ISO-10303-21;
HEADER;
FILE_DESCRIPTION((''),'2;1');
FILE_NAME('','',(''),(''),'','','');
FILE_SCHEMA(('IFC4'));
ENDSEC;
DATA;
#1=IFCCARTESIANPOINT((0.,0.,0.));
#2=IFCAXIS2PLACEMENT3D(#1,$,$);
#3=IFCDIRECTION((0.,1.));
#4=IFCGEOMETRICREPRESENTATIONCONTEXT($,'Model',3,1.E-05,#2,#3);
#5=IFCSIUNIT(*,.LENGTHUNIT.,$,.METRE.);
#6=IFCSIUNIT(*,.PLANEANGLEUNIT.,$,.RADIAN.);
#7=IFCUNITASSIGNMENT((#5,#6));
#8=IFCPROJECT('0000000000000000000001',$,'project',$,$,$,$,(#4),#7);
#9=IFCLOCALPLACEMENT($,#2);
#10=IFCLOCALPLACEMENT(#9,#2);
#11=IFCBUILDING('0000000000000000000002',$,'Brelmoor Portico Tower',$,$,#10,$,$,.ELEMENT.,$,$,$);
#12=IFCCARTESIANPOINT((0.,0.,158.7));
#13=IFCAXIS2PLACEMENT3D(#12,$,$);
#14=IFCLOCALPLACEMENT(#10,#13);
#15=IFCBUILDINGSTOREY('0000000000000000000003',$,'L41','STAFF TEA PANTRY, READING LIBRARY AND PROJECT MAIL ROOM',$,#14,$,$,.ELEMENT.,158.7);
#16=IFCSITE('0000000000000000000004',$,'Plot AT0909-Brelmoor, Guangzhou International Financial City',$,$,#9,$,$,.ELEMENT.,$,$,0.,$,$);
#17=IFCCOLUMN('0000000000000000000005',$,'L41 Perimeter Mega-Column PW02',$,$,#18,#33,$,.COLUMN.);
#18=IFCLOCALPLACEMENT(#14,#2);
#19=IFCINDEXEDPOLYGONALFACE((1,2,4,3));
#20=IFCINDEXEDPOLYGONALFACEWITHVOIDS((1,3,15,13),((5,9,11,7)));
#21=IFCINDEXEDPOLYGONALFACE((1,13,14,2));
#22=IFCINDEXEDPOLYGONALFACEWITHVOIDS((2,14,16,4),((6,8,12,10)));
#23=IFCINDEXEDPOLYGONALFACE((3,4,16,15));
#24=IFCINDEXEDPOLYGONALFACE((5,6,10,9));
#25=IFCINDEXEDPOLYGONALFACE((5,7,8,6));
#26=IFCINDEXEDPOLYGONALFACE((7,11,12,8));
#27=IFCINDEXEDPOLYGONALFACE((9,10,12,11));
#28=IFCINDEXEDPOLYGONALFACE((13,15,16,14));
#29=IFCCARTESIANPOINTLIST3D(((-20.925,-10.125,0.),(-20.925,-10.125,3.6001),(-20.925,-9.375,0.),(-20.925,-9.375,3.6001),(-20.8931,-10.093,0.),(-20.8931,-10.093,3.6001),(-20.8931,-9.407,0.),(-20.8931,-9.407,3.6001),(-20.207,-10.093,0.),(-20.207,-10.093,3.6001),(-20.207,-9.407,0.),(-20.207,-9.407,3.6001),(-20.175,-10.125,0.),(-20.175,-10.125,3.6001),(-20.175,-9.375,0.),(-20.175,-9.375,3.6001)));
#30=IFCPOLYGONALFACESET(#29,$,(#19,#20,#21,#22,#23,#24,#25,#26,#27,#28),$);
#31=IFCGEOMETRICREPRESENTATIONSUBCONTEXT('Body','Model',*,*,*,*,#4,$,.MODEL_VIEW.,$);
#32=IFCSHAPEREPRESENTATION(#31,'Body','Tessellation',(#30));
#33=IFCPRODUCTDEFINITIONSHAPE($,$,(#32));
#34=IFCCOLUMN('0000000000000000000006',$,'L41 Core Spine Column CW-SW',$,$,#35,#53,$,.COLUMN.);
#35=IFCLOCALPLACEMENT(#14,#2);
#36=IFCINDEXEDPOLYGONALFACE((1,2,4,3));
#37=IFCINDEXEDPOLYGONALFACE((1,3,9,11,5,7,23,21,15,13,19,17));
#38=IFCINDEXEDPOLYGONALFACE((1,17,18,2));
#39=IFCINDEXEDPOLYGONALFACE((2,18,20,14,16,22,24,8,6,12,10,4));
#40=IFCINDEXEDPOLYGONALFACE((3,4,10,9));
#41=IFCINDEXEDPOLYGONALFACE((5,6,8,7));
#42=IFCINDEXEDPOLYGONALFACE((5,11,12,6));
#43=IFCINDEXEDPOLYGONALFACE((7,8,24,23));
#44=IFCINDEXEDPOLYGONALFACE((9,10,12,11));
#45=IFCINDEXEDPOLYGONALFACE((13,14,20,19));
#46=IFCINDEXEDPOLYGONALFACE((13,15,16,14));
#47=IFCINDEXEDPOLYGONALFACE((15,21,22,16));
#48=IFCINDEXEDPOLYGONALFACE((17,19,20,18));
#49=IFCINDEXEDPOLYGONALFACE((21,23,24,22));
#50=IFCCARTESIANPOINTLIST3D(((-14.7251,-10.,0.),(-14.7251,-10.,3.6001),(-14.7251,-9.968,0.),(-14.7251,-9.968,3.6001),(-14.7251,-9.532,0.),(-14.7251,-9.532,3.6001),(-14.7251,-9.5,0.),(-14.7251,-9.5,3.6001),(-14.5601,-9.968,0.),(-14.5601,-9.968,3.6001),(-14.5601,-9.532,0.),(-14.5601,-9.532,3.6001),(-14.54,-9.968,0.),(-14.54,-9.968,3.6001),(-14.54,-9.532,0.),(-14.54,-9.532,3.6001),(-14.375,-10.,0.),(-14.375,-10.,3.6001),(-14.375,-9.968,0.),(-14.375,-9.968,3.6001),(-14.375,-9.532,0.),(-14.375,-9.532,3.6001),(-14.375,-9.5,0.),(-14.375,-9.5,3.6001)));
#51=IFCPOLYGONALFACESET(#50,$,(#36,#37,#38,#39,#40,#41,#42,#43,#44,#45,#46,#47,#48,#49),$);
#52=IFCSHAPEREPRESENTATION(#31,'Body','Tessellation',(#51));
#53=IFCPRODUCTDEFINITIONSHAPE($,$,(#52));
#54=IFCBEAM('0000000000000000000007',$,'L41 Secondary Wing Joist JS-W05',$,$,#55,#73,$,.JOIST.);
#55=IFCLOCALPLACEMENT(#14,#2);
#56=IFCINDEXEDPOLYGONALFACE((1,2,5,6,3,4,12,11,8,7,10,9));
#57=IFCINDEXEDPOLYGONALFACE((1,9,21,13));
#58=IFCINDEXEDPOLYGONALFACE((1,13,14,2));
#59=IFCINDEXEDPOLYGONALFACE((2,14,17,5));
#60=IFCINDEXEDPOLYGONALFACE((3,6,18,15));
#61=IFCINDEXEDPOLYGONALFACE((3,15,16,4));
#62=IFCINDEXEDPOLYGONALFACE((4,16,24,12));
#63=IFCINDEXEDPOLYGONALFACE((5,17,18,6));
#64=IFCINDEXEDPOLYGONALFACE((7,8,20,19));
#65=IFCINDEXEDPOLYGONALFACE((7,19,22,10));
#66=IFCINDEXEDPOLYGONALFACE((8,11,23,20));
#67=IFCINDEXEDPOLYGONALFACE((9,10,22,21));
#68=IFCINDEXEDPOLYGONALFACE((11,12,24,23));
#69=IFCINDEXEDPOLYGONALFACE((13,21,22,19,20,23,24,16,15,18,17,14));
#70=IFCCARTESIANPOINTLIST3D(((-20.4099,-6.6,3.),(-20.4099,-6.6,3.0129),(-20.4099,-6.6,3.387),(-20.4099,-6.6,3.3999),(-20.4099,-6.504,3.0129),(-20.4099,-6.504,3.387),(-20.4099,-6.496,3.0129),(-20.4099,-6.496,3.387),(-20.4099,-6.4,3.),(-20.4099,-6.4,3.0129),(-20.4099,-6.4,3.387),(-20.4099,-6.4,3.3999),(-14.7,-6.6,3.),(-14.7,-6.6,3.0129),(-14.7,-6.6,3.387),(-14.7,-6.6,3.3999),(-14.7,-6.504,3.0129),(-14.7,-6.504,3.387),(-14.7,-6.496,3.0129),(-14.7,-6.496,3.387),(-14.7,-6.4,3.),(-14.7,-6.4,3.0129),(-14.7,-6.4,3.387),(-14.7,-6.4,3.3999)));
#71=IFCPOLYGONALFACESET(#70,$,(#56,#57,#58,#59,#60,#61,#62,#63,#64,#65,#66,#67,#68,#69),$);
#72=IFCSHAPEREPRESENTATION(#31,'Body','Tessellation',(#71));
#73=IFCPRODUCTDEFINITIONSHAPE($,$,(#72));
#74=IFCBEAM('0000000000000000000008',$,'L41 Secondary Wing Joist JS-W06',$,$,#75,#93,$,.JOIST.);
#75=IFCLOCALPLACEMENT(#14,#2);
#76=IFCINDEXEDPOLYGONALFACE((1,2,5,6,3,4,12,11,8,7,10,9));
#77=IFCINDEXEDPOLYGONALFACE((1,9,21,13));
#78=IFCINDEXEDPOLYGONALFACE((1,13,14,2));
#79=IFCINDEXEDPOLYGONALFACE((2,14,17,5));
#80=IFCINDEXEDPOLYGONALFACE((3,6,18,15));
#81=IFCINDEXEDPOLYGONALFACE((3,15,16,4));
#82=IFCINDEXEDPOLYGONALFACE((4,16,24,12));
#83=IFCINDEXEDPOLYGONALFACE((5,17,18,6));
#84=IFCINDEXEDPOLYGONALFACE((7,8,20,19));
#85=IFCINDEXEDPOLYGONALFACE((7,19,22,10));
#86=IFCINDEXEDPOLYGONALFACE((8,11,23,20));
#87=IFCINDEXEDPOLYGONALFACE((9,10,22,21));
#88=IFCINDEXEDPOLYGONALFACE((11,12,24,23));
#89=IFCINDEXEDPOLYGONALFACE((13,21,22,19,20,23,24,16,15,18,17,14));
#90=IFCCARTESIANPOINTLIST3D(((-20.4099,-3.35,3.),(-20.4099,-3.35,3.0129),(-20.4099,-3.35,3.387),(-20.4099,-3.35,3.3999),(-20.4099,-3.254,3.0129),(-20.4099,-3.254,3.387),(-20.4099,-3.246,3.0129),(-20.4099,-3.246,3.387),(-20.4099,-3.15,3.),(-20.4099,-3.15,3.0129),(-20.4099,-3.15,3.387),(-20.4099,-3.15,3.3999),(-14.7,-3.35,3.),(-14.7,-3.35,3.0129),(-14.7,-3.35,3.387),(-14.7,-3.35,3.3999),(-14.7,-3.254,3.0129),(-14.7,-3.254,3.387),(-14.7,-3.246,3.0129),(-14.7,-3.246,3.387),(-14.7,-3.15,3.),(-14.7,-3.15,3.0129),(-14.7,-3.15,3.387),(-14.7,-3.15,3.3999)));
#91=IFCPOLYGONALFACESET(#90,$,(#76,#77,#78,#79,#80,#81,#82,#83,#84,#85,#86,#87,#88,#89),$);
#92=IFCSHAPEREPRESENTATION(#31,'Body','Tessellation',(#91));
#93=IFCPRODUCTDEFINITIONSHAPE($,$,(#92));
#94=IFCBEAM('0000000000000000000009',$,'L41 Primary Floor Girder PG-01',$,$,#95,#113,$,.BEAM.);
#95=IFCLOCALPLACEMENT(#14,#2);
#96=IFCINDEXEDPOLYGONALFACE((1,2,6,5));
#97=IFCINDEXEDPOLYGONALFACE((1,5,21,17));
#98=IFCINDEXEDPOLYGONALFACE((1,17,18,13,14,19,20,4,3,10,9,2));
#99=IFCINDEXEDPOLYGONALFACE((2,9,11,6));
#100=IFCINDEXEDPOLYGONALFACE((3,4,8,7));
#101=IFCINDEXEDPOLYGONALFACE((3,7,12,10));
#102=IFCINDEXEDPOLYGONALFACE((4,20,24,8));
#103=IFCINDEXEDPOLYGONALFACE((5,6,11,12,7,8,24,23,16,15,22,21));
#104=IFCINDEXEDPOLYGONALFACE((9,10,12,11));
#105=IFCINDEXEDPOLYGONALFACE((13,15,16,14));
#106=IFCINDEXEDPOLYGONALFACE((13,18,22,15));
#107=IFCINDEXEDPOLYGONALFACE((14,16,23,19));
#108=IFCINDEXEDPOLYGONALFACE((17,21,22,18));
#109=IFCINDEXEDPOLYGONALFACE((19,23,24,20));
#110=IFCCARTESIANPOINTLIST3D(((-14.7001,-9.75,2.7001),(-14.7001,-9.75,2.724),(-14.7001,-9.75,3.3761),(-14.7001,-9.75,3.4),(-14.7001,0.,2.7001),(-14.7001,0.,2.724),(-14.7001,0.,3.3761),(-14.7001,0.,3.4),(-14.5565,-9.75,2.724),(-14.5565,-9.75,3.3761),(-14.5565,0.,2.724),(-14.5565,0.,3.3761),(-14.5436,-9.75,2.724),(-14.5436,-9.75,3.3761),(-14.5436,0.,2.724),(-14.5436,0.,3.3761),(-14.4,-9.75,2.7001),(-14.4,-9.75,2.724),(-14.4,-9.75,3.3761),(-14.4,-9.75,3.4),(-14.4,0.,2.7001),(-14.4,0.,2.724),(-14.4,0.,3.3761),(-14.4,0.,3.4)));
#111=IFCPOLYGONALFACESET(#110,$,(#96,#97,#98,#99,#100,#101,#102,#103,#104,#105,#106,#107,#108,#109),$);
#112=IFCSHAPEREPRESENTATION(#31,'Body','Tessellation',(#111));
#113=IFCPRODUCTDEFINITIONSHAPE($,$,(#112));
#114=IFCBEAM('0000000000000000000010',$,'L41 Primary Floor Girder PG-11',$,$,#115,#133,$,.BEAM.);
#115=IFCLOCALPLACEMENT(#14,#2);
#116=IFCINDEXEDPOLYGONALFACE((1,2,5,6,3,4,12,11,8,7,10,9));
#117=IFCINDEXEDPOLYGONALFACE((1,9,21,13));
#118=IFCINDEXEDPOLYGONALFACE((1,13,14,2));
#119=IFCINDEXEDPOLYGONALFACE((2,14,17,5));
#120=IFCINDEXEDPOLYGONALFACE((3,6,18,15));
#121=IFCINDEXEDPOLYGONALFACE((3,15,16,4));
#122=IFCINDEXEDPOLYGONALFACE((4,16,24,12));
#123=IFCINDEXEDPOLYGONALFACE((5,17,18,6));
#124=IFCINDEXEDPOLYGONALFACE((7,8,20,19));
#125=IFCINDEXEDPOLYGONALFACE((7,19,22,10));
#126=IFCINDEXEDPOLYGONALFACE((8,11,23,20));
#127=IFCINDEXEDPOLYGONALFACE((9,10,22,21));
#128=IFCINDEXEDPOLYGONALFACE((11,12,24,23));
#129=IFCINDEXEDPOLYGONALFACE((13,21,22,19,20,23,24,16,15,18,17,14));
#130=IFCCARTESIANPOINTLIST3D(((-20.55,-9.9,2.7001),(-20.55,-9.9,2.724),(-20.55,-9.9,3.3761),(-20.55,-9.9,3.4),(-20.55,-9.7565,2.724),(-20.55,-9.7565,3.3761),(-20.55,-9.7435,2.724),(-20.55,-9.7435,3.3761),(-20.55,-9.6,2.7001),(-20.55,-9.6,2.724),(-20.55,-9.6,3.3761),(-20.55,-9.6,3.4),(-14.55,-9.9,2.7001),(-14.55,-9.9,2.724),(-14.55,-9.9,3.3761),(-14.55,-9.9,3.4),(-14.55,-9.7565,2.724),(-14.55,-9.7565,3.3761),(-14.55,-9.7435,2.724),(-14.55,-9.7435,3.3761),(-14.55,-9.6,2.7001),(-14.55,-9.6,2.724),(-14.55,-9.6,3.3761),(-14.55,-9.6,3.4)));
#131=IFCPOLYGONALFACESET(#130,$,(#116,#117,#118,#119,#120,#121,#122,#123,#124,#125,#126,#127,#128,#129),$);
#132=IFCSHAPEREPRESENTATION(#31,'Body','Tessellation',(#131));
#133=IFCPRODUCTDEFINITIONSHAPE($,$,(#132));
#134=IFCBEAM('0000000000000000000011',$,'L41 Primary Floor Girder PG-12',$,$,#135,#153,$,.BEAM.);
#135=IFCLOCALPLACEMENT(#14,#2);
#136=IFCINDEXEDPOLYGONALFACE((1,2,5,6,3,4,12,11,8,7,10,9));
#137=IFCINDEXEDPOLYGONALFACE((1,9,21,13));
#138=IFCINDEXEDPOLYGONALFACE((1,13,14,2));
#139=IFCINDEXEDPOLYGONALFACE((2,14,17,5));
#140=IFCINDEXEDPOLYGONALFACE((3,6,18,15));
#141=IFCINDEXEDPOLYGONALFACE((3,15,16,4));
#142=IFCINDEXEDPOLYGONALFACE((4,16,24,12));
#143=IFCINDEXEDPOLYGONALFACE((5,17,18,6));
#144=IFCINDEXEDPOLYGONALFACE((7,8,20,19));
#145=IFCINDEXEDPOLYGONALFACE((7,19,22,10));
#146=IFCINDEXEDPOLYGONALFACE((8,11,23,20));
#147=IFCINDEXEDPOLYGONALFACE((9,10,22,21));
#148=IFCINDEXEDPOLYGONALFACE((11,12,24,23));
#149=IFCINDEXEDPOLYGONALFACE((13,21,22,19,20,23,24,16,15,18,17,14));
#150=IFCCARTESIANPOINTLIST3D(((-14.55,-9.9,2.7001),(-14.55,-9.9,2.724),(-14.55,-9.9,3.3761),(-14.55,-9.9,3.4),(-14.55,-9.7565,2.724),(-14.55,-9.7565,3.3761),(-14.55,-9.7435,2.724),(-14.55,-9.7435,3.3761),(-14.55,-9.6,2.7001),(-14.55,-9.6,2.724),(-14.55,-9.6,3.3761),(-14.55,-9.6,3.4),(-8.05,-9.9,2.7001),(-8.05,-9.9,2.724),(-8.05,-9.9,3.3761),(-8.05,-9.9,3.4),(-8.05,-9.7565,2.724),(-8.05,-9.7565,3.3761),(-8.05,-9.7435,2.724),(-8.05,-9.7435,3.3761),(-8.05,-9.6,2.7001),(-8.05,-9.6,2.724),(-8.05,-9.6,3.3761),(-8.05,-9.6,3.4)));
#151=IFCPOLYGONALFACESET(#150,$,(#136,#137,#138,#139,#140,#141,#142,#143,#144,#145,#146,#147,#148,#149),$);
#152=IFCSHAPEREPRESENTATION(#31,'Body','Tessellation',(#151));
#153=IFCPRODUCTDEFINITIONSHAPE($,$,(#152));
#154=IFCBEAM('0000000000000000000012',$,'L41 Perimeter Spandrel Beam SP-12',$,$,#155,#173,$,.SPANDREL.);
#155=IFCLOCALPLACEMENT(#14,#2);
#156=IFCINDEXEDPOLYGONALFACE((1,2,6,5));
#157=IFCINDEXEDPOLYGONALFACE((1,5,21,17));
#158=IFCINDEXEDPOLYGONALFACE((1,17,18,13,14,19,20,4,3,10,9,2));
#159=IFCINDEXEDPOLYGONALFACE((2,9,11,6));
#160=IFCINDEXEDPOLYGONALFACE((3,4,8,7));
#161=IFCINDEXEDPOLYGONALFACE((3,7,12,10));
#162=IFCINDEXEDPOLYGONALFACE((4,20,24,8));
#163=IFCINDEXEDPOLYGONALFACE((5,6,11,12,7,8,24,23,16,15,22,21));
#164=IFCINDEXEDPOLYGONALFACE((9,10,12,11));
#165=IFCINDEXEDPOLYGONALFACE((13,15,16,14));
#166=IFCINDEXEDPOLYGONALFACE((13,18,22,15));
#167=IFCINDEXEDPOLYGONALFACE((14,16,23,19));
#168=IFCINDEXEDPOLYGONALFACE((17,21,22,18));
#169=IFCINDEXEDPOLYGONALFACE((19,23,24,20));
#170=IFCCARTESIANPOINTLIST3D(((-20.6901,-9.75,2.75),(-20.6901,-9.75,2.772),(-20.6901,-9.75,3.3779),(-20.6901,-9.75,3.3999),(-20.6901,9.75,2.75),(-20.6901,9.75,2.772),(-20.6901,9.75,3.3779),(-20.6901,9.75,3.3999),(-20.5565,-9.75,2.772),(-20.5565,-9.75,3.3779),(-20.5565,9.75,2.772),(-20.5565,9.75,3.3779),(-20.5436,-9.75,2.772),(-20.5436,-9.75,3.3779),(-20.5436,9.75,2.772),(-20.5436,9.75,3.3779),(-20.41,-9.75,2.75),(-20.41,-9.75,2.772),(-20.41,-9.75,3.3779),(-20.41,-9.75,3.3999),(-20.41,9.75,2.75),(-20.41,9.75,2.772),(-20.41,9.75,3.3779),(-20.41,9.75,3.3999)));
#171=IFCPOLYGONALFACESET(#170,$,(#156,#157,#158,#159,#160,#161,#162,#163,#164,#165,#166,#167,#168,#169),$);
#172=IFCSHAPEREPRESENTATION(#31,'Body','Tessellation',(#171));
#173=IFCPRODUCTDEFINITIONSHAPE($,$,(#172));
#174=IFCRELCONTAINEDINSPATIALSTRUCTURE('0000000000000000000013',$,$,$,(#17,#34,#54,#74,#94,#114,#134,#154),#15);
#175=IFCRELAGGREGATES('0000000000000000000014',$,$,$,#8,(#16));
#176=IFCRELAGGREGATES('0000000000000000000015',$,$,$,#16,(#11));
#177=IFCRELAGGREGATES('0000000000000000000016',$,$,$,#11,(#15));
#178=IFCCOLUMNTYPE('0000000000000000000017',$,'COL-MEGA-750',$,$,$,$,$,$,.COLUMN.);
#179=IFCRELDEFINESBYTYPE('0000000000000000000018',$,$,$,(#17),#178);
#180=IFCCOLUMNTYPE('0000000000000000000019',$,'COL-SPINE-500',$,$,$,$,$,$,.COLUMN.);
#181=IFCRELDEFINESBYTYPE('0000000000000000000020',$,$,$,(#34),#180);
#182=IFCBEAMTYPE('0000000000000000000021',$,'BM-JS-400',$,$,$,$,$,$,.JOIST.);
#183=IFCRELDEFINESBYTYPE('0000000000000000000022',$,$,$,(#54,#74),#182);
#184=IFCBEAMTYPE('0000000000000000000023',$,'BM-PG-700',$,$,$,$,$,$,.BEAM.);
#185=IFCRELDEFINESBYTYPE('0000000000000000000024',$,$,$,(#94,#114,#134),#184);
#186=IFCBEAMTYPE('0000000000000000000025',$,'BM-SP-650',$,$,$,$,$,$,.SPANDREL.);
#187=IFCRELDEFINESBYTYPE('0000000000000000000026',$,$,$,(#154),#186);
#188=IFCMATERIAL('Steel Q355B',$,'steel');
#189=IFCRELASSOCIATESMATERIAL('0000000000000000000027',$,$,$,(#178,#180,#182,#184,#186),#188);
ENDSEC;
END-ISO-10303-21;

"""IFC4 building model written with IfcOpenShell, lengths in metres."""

from ifc_helpers import new_model, si_unit, direction, frame, origin, origin_2d, place, context, subcontext, project, spatial, hollow_rectangle, i_section, extrude, material, material_profile, profile_set, type_object, element, save


model = new_model("IFC4")

# Units and contexts
model_context = context("Model", 3, precision=1e-05, world=origin(), true_north=direction((0.0, 1.0)))
body_context = subcontext(model_context, "Body", "Model", "MODEL_VIEW")
ifc_project = project(units=[si_unit("LENGTHUNIT", "METRE"), si_unit("PLANEANGLEUNIT", "RADIAN")], contexts=[model_context])

# Site, building, storey
site_placement = place(None, origin())
site = spatial("IfcSite", under=ifc_project, at=site_placement, Name="Plot AT0909-Brelmoor, Guangzhou International Financial City", CompositionType="ELEMENT", RefElevation=0.0)
building_placement = place(site_placement, origin())
building = spatial("IfcBuilding", under=site, at=building_placement, Name="Brelmoor Portico Tower", CompositionType="ELEMENT")
storey_placement = place(building_placement, frame((0.0, 0.0, 158.7)))
storey = spatial("IfcBuildingStorey", under=building, at=storey_placement, Name="L41", Description="STAFF TEA PANTRY, READING LIBRARY AND PROJECT MAIL ROOM", CompositionType="ELEMENT", Elevation=158.7)

# Columns
ifc_material_1 = material(Name="Steel Q355B", Category="steel")
ifc_material_profile_1 = material_profile(ifc_material_1, hollow_rectangle(XDim=0.75, YDim=0.75, WallThickness=0.032, at=origin_2d()), Name="BOX 750x750x32")
ifc_profile_set_1 = profile_set([ifc_material_profile_1], Name="Steel Q355B")
column_type_1 = type_object("IfcColumnType", Name="COL-MEGA-750", PredefinedType="COLUMN", material=ifc_profile_set_1)
column_1_placement = place(storey_placement, frame((-20.55, -9.75, 0.0), z_axis=(0.0, 0.0, 1.0), x_axis=(0.0, 1.0, 0.0)))
element("IfcColumn", 1, at=column_1_placement, inside=storey, type_object=column_type_1, Name="L41 Perimeter Mega-Column PW02", PredefinedType="COLUMN", context=body_context, shape_type="SweptSolid", body=[
    extrude(hollow_rectangle(XDim=0.75, YDim=0.75, WallThickness=0.032, at=origin_2d()), origin(), (0.0, 0.0, 1.0), 3.6001),
])
ifc_material_profile_2 = material_profile(ifc_material_1, i_section(OverallWidth=0.3501, OverallDepth=0.5, WebThickness=0.02, FlangeThickness=0.032, at=origin_2d()), Name="HW 500x350x20x32")
ifc_profile_set_2 = profile_set([ifc_material_profile_2], Name="Steel Q355B")
column_type_2 = type_object("IfcColumnType", Name="COL-SPINE-500", PredefinedType="COLUMN", material=ifc_profile_set_2)
column_2_placement = place(storey_placement, frame((-14.55, -9.75, 0.0), z_axis=(0.0, 0.0, 1.0), x_axis=(1.0, 0.0, 0.0)))
element("IfcColumn", 2, at=column_2_placement, inside=storey, type_object=column_type_2, Name="L41 Core Spine Column CW-SW", PredefinedType="COLUMN", context=body_context, shape_type="SweptSolid", body=[
    extrude(i_section(OverallWidth=0.3501, OverallDepth=0.5, WebThickness=0.02, FlangeThickness=0.032, at=origin_2d()), origin(), (0.0, 0.0, 1.0), 3.6001),
])

# Beams
ifc_material_profile_3 = material_profile(ifc_material_1, i_section(OverallWidth=0.2, OverallDepth=0.3999, WebThickness=0.0081, FlangeThickness=0.0129, at=origin_2d()), Name="HN 400x200x8x13")
ifc_profile_set_3 = profile_set([ifc_material_profile_3], Name="Steel Q355B")
beam_type_1 = type_object("IfcBeamType", Name="BM-JS-400", PredefinedType="JOIST", material=ifc_profile_set_3)
for number, where, z_axis, x_axis, name in (
    (3, (-20.4099, -6.5, 3.2), (1.0, 0.0, 0.0), (0.0, 1.0, 0.0), "L41 Secondary Wing Joist JS-W05"),
    (4, (-20.4099, -3.25, 3.2), (1.0, 0.0, 0.0), (0.0, 1.0, 0.0), "L41 Secondary Wing Joist JS-W06"),
):
    element("IfcBeam", number, at=place(storey_placement, frame(where, z_axis=z_axis, x_axis=x_axis)), inside=storey, type_object=beam_type_1, Name=name, PredefinedType="JOIST", context=body_context, shape_type="SweptSolid", body=[
        extrude(i_section(OverallWidth=0.2, OverallDepth=0.3999, WebThickness=0.0081, FlangeThickness=0.0129, at=origin_2d()), origin(), (0.0, 0.0, 1.0), 5.71),
    ])
ifc_material_profile_4 = material_profile(ifc_material_1, i_section(OverallWidth=0.3, OverallDepth=0.7, WebThickness=0.0129, FlangeThickness=0.0239, at=origin_2d()), Name="HN 700x300x13x24")
ifc_profile_set_4 = profile_set([ifc_material_profile_4], Name="Steel Q355B")
beam_type_2 = type_object("IfcBeamType", Name="BM-PG-700", PredefinedType="BEAM", material=ifc_profile_set_4)
beam_1_placement = place(storey_placement, frame((-14.55, -9.75, 3.05), z_axis=(0.0, 1.0, 0.0), x_axis=(-1.0, 0.0, 0.0)))
element("IfcBeam", 5, at=beam_1_placement, inside=storey, type_object=beam_type_2, Name="L41 Primary Floor Girder PG-01", PredefinedType="BEAM", context=body_context, shape_type="SweptSolid", body=[
    extrude(i_section(OverallWidth=0.3, OverallDepth=0.7, WebThickness=0.0129, FlangeThickness=0.0239, at=origin_2d()), origin(), (0.0, 0.0, 1.0), 9.75),
])
beam_2_placement = place(storey_placement, frame((-20.55, -9.75, 3.05), z_axis=(1.0, 0.0, 0.0), x_axis=(0.0, 1.0, 0.0)))
element("IfcBeam", 6, at=beam_2_placement, inside=storey, type_object=beam_type_2, Name="L41 Primary Floor Girder PG-11", PredefinedType="BEAM", context=body_context, shape_type="SweptSolid", body=[
    extrude(i_section(OverallWidth=0.3, OverallDepth=0.7, WebThickness=0.0129, FlangeThickness=0.0239, at=origin_2d()), origin(), (0.0, 0.0, 1.0), 6.0),
])
beam_3_placement = place(storey_placement, frame((-14.55, -9.75, 3.05), z_axis=(1.0, 0.0, 0.0), x_axis=(0.0, 1.0, 0.0)))
element("IfcBeam", 7, at=beam_3_placement, inside=storey, type_object=beam_type_2, Name="L41 Primary Floor Girder PG-12", PredefinedType="BEAM", context=body_context, shape_type="SweptSolid", body=[
    extrude(i_section(OverallWidth=0.3, OverallDepth=0.7, WebThickness=0.0129, FlangeThickness=0.0239, at=origin_2d()), origin(), (0.0, 0.0, 1.0), 6.5),
])
ifc_material_profile_5 = material_profile(ifc_material_1, i_section(OverallWidth=0.28, OverallDepth=0.6499, WebThickness=0.0129, FlangeThickness=0.022, at=origin_2d()), Name="HN 650x280x13x22")
ifc_profile_set_5 = profile_set([ifc_material_profile_5], Name="Steel Q355B")
beam_type_3 = type_object("IfcBeamType", Name="BM-SP-650", PredefinedType="SPANDREL", material=ifc_profile_set_5)
beam_4_placement = place(storey_placement, frame((-20.55, -9.75, 3.075), z_axis=(0.0, 1.0, 0.0), x_axis=(-1.0, 0.0, 0.0)))
element("IfcBeam", 8, at=beam_4_placement, inside=storey, type_object=beam_type_3, Name="L41 Perimeter Spandrel Beam SP-12", PredefinedType="SPANDREL", context=body_context, shape_type="SweptSolid", body=[
    extrude(i_section(OverallWidth=0.28, OverallDepth=0.6499, WebThickness=0.0129, FlangeThickness=0.022, at=origin_2d()), origin(), (0.0, 0.0, 1.0), 19.5),
])

save(model, "model.ifc")
